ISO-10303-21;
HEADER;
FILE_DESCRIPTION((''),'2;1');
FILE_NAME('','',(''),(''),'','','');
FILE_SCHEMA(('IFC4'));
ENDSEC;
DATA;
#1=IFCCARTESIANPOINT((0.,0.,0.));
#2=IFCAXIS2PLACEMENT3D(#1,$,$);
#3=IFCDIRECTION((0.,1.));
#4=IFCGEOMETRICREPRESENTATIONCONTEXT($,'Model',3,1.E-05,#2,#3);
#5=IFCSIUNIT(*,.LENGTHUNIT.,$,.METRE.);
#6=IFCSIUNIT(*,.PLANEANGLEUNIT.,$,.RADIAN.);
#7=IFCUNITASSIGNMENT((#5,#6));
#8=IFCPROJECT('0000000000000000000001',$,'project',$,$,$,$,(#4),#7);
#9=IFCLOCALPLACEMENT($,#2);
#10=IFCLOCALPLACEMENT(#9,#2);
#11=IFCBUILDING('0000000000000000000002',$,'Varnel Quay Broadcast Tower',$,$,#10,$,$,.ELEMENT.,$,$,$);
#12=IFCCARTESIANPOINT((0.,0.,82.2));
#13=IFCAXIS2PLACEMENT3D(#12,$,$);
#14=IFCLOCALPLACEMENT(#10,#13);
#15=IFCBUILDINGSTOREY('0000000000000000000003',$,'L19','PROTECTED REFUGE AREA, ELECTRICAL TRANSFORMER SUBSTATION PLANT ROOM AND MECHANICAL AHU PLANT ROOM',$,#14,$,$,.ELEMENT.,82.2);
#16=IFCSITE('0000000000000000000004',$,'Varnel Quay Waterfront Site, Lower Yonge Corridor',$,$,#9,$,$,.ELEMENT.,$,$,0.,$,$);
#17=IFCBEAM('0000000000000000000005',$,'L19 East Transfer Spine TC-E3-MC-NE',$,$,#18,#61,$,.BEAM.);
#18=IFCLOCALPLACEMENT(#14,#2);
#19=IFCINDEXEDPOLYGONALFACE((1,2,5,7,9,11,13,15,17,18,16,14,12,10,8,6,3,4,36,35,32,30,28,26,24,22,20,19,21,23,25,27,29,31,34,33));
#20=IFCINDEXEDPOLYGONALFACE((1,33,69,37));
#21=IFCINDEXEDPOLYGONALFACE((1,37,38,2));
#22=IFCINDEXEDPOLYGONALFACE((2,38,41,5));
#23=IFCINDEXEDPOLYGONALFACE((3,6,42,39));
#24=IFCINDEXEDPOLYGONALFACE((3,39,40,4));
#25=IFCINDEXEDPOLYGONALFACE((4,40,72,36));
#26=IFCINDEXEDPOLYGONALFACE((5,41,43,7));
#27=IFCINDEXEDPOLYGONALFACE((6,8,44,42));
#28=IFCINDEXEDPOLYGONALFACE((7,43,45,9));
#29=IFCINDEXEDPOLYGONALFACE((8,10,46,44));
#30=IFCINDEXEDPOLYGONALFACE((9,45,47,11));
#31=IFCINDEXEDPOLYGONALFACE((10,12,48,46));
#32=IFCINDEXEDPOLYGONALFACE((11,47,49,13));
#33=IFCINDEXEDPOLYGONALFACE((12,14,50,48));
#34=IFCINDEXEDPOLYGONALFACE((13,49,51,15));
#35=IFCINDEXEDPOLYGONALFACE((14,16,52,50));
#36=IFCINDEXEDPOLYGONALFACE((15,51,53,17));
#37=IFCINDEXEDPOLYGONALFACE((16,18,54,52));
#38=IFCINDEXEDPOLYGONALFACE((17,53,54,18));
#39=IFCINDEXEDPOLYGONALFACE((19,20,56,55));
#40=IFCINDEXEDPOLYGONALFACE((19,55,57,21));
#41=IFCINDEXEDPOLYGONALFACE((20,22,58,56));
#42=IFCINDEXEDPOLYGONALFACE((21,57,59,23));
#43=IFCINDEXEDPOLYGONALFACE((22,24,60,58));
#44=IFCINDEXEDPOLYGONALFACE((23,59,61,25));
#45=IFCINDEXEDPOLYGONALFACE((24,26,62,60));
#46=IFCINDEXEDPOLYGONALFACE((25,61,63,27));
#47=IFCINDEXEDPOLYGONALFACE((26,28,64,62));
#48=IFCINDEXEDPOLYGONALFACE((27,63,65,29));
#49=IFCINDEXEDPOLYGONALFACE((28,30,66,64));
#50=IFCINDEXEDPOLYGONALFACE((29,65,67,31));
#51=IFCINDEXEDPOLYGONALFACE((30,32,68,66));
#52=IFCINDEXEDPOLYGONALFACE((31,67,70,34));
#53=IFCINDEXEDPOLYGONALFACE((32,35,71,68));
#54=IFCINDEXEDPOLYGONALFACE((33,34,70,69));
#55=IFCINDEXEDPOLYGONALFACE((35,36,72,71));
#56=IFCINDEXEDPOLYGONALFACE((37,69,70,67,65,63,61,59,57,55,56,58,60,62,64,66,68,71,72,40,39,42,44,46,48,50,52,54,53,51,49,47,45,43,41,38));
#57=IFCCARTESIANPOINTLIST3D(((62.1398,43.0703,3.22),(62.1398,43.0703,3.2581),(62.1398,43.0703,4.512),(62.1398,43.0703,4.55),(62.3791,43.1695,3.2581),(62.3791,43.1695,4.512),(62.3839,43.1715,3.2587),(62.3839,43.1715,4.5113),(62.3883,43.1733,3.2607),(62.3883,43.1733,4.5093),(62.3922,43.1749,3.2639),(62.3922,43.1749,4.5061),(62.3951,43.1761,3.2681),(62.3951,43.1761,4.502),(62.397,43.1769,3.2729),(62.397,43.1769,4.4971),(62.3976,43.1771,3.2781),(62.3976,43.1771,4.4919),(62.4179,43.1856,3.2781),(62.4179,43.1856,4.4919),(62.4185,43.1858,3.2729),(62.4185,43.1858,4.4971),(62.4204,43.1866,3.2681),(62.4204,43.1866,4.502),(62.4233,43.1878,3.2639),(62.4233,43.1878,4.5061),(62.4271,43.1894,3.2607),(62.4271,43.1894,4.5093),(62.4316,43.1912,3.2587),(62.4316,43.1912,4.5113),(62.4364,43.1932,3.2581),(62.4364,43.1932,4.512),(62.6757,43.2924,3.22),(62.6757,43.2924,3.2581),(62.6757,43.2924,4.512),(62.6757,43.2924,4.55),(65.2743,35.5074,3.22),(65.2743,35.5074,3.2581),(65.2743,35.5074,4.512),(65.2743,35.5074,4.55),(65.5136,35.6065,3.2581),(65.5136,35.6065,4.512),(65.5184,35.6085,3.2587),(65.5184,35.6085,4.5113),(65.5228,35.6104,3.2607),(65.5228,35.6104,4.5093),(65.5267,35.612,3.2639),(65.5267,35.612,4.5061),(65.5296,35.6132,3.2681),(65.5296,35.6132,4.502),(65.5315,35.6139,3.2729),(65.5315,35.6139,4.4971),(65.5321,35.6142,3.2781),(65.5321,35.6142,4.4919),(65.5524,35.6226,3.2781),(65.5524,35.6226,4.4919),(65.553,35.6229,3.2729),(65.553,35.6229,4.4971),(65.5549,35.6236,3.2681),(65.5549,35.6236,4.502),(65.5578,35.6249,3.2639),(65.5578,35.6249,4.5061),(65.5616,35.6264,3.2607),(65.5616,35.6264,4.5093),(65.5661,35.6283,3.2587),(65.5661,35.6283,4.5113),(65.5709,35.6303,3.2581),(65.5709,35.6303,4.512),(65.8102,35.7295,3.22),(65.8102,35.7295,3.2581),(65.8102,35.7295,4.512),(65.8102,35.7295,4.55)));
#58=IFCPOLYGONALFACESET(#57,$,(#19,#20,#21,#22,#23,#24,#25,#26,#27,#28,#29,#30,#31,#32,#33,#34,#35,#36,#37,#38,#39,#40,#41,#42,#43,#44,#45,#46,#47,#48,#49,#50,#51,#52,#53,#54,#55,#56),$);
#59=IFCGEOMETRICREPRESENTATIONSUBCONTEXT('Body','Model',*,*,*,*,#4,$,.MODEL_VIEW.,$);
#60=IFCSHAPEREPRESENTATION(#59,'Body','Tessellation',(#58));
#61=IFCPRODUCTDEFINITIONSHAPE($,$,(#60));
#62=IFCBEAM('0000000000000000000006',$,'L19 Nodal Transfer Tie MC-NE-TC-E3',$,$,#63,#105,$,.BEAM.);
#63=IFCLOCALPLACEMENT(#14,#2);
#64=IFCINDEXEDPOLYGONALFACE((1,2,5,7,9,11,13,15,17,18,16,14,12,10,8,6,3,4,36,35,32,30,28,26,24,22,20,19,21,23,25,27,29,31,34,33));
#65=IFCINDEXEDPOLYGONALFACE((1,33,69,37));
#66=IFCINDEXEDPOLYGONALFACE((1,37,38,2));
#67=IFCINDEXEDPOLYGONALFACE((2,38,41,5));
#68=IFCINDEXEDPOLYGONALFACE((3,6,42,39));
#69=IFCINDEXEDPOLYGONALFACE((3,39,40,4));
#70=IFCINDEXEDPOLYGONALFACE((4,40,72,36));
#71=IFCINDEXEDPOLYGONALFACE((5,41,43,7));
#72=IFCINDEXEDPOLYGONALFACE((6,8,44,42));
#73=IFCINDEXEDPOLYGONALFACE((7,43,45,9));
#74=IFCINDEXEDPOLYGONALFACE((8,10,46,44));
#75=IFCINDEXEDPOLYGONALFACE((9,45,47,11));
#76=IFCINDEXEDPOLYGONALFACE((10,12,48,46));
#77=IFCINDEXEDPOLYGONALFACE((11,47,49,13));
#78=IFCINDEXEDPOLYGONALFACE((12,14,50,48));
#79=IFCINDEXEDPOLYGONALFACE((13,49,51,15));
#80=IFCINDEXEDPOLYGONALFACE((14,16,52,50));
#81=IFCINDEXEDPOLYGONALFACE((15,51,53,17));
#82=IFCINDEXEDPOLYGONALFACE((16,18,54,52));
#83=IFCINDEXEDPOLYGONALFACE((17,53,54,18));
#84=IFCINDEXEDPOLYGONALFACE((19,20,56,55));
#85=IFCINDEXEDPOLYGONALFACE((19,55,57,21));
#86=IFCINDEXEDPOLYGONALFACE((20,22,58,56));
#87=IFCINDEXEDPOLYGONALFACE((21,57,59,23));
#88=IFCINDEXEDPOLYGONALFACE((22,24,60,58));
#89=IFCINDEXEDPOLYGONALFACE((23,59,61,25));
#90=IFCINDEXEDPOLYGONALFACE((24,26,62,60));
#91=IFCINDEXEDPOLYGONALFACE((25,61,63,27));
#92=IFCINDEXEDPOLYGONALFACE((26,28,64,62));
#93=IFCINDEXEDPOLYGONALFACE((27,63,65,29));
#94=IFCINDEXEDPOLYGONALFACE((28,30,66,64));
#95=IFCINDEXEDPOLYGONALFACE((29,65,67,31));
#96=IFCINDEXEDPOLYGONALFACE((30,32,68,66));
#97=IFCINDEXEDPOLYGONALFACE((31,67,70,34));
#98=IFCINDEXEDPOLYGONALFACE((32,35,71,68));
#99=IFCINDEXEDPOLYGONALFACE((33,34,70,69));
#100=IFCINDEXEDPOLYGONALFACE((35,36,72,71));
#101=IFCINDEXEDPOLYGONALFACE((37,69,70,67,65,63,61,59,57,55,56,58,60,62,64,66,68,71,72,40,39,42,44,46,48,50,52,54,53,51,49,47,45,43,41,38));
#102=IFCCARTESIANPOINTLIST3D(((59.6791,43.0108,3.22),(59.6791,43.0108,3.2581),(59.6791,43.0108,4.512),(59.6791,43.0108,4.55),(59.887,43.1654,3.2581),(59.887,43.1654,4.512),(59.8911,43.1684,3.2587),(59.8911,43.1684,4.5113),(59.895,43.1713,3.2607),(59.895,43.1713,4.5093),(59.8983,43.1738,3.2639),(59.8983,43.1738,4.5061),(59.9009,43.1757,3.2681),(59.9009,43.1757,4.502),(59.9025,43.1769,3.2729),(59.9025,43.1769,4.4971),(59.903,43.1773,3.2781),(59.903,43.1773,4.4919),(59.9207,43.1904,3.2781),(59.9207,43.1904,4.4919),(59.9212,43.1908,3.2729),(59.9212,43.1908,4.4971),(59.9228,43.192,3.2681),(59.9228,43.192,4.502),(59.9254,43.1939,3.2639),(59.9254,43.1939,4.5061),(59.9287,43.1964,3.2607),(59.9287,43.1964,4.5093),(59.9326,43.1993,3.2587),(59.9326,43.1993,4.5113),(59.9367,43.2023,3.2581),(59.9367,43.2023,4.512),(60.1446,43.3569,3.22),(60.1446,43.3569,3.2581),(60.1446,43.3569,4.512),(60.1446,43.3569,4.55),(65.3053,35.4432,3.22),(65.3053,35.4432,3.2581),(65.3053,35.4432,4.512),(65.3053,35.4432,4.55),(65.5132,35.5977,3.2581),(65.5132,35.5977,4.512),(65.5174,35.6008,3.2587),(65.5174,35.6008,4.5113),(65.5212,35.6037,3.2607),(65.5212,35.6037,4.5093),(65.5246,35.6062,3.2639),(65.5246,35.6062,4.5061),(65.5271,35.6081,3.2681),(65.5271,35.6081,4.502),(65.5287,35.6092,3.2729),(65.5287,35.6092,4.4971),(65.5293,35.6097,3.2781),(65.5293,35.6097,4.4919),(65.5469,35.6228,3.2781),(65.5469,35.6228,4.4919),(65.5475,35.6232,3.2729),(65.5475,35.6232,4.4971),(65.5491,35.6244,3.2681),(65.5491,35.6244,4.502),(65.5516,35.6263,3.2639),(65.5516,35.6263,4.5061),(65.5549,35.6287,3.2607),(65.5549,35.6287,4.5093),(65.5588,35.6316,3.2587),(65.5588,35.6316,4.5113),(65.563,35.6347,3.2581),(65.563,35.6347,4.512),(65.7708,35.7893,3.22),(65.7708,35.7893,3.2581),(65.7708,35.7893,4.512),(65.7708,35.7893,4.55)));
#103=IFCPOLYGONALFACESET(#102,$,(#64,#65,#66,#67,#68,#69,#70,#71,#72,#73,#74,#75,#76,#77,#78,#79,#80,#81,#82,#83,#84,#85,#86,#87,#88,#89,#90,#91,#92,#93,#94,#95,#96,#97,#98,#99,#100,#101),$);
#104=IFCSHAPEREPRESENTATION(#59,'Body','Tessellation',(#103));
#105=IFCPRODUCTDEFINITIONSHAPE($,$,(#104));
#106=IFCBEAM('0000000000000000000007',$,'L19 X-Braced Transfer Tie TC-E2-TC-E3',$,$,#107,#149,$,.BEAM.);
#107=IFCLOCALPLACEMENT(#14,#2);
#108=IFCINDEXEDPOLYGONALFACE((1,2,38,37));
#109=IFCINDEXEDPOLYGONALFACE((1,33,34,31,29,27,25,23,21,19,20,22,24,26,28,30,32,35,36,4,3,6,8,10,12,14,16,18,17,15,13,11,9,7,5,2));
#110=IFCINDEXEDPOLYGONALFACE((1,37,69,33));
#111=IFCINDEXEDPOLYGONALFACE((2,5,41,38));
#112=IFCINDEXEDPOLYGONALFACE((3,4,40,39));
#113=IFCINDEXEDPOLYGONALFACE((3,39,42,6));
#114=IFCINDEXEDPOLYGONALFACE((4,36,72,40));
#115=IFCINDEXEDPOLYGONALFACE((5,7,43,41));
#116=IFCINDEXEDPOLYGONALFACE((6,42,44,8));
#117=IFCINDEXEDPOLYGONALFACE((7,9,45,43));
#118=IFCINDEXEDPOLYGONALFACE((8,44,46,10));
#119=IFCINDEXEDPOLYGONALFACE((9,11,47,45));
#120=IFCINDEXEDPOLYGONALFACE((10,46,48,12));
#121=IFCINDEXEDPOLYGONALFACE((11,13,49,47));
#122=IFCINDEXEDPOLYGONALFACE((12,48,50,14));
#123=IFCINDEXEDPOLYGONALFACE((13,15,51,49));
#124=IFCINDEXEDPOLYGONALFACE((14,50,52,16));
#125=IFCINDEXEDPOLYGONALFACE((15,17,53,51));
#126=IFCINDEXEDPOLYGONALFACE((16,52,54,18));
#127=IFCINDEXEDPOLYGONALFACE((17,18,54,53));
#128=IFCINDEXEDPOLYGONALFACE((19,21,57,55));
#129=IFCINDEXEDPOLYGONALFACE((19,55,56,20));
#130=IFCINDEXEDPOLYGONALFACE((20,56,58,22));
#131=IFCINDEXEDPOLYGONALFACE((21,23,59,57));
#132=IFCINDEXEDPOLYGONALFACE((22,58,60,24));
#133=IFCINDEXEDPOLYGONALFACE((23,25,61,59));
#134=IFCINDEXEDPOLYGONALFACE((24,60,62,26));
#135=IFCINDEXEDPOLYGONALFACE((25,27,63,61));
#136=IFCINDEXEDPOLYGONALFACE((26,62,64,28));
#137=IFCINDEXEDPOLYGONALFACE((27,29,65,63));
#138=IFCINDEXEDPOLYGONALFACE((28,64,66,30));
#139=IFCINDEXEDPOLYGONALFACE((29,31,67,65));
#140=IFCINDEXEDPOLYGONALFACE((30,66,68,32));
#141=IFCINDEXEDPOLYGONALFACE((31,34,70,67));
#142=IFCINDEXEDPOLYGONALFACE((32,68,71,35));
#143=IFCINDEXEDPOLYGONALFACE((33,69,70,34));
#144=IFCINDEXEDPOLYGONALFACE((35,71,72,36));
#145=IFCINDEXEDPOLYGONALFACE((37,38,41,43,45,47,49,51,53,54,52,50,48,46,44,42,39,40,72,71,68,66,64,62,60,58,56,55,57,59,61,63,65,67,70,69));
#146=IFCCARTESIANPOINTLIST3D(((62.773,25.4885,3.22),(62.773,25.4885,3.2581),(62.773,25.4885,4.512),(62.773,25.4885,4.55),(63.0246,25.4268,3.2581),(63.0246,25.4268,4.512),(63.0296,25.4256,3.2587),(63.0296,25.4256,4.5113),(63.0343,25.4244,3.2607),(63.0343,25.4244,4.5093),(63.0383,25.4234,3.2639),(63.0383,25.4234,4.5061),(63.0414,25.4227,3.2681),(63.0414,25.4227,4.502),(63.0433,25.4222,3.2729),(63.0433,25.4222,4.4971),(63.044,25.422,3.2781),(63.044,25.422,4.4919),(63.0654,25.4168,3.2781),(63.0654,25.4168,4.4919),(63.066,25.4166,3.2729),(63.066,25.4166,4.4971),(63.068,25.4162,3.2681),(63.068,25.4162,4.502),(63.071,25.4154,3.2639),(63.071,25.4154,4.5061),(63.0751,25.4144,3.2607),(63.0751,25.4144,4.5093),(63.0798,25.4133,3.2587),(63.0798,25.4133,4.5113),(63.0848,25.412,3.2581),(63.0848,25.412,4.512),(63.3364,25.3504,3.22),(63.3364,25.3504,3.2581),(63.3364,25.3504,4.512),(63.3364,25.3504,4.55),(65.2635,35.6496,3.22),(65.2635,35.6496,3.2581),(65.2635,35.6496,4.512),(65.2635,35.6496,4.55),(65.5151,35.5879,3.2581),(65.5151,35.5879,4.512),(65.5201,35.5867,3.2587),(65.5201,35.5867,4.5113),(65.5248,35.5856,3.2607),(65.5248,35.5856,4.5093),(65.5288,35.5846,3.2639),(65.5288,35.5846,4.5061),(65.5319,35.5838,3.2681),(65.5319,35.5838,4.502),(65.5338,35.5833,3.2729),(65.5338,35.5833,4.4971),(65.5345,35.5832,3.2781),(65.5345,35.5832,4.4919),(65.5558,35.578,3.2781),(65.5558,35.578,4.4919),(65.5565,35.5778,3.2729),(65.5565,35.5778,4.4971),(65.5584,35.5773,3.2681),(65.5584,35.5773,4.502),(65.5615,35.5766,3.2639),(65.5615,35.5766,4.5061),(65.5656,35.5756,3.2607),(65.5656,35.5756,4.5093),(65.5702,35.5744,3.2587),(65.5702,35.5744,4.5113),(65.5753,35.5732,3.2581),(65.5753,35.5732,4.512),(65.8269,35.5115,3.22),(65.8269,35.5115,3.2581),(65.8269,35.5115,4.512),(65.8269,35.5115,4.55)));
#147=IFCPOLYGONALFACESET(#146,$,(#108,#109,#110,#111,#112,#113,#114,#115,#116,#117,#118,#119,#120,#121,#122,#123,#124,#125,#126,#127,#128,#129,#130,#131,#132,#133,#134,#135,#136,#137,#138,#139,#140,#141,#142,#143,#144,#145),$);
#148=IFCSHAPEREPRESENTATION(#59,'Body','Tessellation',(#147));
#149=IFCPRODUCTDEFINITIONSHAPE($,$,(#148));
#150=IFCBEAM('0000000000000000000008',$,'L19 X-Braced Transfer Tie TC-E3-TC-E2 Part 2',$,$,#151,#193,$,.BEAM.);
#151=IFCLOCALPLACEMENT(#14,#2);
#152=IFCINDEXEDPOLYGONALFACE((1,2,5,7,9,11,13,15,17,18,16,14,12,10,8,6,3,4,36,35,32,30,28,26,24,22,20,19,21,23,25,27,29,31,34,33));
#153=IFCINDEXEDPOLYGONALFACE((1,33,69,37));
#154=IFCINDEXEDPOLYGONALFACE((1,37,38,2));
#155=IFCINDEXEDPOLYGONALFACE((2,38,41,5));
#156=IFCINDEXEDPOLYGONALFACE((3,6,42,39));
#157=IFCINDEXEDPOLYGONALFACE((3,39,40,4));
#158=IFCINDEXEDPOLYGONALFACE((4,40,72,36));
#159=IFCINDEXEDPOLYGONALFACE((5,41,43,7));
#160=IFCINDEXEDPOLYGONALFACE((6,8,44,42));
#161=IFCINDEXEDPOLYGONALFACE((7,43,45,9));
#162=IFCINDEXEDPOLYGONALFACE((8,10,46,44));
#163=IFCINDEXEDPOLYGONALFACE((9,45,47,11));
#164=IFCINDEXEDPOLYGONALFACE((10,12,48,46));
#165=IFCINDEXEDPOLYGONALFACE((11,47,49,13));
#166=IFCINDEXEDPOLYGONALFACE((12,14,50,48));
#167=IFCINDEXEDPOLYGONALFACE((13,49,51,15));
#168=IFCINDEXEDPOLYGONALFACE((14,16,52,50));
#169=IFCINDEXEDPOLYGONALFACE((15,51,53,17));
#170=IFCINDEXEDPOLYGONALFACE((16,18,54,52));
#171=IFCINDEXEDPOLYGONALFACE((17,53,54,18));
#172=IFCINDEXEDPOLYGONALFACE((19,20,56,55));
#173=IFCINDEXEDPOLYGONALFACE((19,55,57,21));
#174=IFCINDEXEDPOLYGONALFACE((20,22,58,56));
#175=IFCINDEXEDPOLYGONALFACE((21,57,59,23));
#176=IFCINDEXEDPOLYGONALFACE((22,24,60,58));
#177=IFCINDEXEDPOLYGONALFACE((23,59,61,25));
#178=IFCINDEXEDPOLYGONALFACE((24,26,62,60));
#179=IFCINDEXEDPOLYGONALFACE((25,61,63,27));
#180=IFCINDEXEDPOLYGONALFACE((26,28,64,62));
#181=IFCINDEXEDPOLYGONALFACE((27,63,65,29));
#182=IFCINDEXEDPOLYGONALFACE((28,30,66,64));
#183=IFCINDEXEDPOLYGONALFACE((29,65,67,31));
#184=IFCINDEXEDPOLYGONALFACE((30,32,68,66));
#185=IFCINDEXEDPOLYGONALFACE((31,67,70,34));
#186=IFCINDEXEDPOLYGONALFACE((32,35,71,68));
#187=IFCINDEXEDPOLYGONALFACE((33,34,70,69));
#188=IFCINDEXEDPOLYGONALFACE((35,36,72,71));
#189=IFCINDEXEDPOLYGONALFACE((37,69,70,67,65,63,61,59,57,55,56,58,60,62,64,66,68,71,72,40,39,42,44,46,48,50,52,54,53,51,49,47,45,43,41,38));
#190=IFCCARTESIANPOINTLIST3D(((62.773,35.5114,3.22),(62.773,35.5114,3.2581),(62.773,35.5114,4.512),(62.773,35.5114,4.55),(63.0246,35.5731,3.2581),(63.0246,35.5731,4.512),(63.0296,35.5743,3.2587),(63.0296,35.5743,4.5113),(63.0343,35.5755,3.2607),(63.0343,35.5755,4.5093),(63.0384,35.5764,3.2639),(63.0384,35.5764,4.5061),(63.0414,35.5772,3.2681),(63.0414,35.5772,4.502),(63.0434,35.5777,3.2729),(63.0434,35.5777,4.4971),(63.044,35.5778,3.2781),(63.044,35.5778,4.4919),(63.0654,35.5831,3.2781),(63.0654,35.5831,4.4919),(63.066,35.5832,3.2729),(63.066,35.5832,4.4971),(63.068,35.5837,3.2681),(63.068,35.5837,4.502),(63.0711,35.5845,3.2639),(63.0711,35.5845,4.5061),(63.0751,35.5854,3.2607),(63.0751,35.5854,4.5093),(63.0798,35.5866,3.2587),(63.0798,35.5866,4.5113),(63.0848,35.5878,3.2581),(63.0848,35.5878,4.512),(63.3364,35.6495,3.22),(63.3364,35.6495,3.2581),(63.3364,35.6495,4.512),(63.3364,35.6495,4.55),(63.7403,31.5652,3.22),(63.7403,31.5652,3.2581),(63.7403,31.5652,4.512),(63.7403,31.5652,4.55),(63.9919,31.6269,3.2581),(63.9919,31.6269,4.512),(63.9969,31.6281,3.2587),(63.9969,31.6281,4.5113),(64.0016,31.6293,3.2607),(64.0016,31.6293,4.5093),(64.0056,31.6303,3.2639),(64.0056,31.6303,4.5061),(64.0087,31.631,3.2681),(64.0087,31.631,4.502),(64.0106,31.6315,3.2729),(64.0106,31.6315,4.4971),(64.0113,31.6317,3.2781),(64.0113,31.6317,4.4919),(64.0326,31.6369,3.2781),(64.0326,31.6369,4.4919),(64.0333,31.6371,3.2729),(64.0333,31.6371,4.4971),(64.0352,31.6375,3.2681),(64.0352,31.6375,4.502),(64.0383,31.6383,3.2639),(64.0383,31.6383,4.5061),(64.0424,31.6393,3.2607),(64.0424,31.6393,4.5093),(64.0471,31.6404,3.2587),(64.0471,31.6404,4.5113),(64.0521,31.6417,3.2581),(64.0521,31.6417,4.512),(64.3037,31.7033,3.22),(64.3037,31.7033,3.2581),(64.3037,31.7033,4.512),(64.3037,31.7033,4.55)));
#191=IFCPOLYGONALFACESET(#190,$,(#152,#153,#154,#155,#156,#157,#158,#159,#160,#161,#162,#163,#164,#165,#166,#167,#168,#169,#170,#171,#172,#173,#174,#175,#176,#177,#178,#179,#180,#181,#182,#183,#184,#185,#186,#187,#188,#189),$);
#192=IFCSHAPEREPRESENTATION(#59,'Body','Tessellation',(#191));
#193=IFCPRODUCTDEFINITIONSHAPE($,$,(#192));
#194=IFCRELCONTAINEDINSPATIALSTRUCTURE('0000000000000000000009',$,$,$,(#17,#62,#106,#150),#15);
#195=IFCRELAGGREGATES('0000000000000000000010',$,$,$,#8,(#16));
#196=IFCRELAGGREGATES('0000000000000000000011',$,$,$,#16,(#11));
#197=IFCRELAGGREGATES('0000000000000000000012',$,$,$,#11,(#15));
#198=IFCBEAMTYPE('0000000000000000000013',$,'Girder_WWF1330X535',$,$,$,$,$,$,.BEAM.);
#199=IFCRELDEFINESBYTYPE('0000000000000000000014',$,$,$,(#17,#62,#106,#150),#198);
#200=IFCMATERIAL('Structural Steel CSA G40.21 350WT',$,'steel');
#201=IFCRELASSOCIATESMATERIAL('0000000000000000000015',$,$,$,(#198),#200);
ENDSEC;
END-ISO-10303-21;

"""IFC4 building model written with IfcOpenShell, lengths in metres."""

from ifc_helpers import new_model, si_unit, direction, frame, origin, origin_2d, place, context, subcontext, project, spatial, i_section, extrude, source, transform, mapped, material, material_profile, profile_set, type_object, element, save


model = new_model("IFC4")

# Units and contexts
model_context = context("Model", 3, precision=1e-05, world=origin(), true_north=direction((0.0, 1.0)))
body_context = subcontext(model_context, "Body", "Model", "MODEL_VIEW")
ifc_project = project(units=[si_unit("LENGTHUNIT", "METRE"), si_unit("PLANEANGLEUNIT", "RADIAN")], contexts=[model_context])

# Site, building, storey
site_placement = place(None, origin())
site = spatial("IfcSite", under=ifc_project, at=site_placement, Name="Varnel Quay Waterfront Site, Lower Yonge Corridor", CompositionType="ELEMENT", RefElevation=0.0)
building_placement = place(site_placement, origin())
building = spatial("IfcBuilding", under=site, at=building_placement, Name="Varnel Quay Broadcast Tower", CompositionType="ELEMENT")
storey_placement = place(building_placement, frame((0.0, 0.0, 82.2)))
storey = spatial("IfcBuildingStorey", under=building, at=storey_placement, Name="L19", Description="PROTECTED REFUGE AREA, ELECTRICAL TRANSFORMER SUBSTATION PLANT ROOM AND MECHANICAL AHU PLANT ROOM", CompositionType="ELEMENT", Elevation=82.2)

# Beams
ifc_material_1 = material(Name="Structural Steel CSA G40.21 350WT", Category="steel")
ifc_material_profile_1 = material_profile(ifc_material_1, i_section(OverallWidth=0.5801, OverallDepth=1.3301, WebThickness=0.022, FlangeThickness=0.0381, FilletRadius=0.02, at=origin_2d()), Name="WWF1330X535")
ifc_profile_set_1 = profile_set([ifc_material_profile_1], Name="Structural Steel CSA G40.21 350WT")
beam_type = type_object("IfcBeamType", Name="Girder_WWF1330X535", PredefinedType="BEAM", material=ifc_profile_set_1)
shared_shape_1 = source(origin(), body_context, "Body", "SweptSolid", [
    extrude(i_section(OverallWidth=0.5801, OverallDepth=1.3301, WebThickness=0.022, FlangeThickness=0.0381, FilletRadius=0.02, at=origin_2d()), origin(), (0.0, 0.0, 1.0), 8.1868),
])
beam_1_placement = place(storey_placement, frame((65.5422, 35.6184, 3.885), z_axis=(-0.382874, 0.923801, 0.0), x_axis=(-0.923801, -0.382874, 0.0)))
element("IfcBeam", 1, at=beam_1_placement, inside=storey, type_object=beam_type, Name="L19 East Transfer Spine TC-E3-MC-NE", PredefinedType="BEAM", context=body_context, shape_type="MappedRepresentation", body=[
    mapped(shared_shape_1, transform((0.0, 0.0, 0.0), x_axis=(1.0, 0.0, 0.0), y_axis=(0.0, 1.0, 0.0), z_axis=(0.0, 0.0, 1.0), scale=1.0)),
])
shared_shape_2 = source(origin(), body_context, "Body", "SweptSolid", [
    extrude(i_section(OverallWidth=0.5801, OverallDepth=1.3301, WebThickness=0.022, FlangeThickness=0.0381, FilletRadius=0.02, at=origin_2d()), origin(), (0.0, 0.0, 1.0), 9.4299),
])
beam_2_placement = place(storey_placement, frame((65.5381, 35.6162, 3.885), z_axis=(-0.596635, 0.802513, 0.0), x_axis=(-0.802513, -0.596635, 0.0)))
element("IfcBeam", 2, at=beam_2_placement, inside=storey, type_object=beam_type, Name="L19 Nodal Transfer Tie MC-NE-TC-E3", PredefinedType="BEAM", context=body_context, shape_type="MappedRepresentation", body=[
    mapped(shared_shape_2, transform((0.0, 0.0, 0.0), x_axis=(1.0, 0.0, 0.0), y_axis=(0.0, 1.0, 0.0), z_axis=(0.0, 0.0, 1.0), scale=1.0)),
])
shared_shape_3 = source(origin(), body_context, "Body", "SweptSolid", [
    extrude(i_section(OverallWidth=0.5801, OverallDepth=1.3301, WebThickness=0.022, FlangeThickness=0.0381, FilletRadius=0.02, at=origin_2d()), origin(), (0.0, 0.0, 1.0), 10.4619),
])
beam_3_placement = place(storey_placement, frame((65.5452, 35.5806, 3.885), z_axis=(-0.238052, -0.971252, 0.0), x_axis=(0.971252, -0.238052, 0.0)))
element("IfcBeam", 3, at=beam_3_placement, inside=storey, type_object=beam_type, Name="L19 X-Braced Transfer Tie TC-E2-TC-E3", PredefinedType="BEAM", context=body_context, shape_type="MappedRepresentation", body=[
    mapped(shared_shape_3, transform((0.0, 0.0, 0.0), x_axis=(1.0, 0.0, 0.0), y_axis=(0.0, 1.0, 0.0), z_axis=(0.0, 0.0, 1.0), scale=1.0)),
])
shared_shape_4 = source(origin(), body_context, "Body", "SweptSolid", [
    extrude(i_section(OverallWidth=0.5801, OverallDepth=1.3301, WebThickness=0.022, FlangeThickness=0.0381, FilletRadius=0.02, at=origin_2d()), origin(), (0.0, 0.0, 1.0), 4.063),
])
beam_4_placement = place(storey_placement, frame((64.022, 31.6343, 3.885), z_axis=(-0.238065, 0.971249, 0.0), x_axis=(-0.971249, -0.238065, 0.0)))
element("IfcBeam", 4, at=beam_4_placement, inside=storey, type_object=beam_type, Name="L19 X-Braced Transfer Tie TC-E3-TC-E2 Part 2", PredefinedType="BEAM", context=body_context, shape_type="MappedRepresentation", body=[
    mapped(shared_shape_4, transform((0.0, 0.0, 0.0), x_axis=(1.0, 0.0, 0.0), y_axis=(0.0, 1.0, 0.0), z_axis=(0.0, 0.0, 1.0), scale=1.0)),
])

save(model, "model.ifc")
